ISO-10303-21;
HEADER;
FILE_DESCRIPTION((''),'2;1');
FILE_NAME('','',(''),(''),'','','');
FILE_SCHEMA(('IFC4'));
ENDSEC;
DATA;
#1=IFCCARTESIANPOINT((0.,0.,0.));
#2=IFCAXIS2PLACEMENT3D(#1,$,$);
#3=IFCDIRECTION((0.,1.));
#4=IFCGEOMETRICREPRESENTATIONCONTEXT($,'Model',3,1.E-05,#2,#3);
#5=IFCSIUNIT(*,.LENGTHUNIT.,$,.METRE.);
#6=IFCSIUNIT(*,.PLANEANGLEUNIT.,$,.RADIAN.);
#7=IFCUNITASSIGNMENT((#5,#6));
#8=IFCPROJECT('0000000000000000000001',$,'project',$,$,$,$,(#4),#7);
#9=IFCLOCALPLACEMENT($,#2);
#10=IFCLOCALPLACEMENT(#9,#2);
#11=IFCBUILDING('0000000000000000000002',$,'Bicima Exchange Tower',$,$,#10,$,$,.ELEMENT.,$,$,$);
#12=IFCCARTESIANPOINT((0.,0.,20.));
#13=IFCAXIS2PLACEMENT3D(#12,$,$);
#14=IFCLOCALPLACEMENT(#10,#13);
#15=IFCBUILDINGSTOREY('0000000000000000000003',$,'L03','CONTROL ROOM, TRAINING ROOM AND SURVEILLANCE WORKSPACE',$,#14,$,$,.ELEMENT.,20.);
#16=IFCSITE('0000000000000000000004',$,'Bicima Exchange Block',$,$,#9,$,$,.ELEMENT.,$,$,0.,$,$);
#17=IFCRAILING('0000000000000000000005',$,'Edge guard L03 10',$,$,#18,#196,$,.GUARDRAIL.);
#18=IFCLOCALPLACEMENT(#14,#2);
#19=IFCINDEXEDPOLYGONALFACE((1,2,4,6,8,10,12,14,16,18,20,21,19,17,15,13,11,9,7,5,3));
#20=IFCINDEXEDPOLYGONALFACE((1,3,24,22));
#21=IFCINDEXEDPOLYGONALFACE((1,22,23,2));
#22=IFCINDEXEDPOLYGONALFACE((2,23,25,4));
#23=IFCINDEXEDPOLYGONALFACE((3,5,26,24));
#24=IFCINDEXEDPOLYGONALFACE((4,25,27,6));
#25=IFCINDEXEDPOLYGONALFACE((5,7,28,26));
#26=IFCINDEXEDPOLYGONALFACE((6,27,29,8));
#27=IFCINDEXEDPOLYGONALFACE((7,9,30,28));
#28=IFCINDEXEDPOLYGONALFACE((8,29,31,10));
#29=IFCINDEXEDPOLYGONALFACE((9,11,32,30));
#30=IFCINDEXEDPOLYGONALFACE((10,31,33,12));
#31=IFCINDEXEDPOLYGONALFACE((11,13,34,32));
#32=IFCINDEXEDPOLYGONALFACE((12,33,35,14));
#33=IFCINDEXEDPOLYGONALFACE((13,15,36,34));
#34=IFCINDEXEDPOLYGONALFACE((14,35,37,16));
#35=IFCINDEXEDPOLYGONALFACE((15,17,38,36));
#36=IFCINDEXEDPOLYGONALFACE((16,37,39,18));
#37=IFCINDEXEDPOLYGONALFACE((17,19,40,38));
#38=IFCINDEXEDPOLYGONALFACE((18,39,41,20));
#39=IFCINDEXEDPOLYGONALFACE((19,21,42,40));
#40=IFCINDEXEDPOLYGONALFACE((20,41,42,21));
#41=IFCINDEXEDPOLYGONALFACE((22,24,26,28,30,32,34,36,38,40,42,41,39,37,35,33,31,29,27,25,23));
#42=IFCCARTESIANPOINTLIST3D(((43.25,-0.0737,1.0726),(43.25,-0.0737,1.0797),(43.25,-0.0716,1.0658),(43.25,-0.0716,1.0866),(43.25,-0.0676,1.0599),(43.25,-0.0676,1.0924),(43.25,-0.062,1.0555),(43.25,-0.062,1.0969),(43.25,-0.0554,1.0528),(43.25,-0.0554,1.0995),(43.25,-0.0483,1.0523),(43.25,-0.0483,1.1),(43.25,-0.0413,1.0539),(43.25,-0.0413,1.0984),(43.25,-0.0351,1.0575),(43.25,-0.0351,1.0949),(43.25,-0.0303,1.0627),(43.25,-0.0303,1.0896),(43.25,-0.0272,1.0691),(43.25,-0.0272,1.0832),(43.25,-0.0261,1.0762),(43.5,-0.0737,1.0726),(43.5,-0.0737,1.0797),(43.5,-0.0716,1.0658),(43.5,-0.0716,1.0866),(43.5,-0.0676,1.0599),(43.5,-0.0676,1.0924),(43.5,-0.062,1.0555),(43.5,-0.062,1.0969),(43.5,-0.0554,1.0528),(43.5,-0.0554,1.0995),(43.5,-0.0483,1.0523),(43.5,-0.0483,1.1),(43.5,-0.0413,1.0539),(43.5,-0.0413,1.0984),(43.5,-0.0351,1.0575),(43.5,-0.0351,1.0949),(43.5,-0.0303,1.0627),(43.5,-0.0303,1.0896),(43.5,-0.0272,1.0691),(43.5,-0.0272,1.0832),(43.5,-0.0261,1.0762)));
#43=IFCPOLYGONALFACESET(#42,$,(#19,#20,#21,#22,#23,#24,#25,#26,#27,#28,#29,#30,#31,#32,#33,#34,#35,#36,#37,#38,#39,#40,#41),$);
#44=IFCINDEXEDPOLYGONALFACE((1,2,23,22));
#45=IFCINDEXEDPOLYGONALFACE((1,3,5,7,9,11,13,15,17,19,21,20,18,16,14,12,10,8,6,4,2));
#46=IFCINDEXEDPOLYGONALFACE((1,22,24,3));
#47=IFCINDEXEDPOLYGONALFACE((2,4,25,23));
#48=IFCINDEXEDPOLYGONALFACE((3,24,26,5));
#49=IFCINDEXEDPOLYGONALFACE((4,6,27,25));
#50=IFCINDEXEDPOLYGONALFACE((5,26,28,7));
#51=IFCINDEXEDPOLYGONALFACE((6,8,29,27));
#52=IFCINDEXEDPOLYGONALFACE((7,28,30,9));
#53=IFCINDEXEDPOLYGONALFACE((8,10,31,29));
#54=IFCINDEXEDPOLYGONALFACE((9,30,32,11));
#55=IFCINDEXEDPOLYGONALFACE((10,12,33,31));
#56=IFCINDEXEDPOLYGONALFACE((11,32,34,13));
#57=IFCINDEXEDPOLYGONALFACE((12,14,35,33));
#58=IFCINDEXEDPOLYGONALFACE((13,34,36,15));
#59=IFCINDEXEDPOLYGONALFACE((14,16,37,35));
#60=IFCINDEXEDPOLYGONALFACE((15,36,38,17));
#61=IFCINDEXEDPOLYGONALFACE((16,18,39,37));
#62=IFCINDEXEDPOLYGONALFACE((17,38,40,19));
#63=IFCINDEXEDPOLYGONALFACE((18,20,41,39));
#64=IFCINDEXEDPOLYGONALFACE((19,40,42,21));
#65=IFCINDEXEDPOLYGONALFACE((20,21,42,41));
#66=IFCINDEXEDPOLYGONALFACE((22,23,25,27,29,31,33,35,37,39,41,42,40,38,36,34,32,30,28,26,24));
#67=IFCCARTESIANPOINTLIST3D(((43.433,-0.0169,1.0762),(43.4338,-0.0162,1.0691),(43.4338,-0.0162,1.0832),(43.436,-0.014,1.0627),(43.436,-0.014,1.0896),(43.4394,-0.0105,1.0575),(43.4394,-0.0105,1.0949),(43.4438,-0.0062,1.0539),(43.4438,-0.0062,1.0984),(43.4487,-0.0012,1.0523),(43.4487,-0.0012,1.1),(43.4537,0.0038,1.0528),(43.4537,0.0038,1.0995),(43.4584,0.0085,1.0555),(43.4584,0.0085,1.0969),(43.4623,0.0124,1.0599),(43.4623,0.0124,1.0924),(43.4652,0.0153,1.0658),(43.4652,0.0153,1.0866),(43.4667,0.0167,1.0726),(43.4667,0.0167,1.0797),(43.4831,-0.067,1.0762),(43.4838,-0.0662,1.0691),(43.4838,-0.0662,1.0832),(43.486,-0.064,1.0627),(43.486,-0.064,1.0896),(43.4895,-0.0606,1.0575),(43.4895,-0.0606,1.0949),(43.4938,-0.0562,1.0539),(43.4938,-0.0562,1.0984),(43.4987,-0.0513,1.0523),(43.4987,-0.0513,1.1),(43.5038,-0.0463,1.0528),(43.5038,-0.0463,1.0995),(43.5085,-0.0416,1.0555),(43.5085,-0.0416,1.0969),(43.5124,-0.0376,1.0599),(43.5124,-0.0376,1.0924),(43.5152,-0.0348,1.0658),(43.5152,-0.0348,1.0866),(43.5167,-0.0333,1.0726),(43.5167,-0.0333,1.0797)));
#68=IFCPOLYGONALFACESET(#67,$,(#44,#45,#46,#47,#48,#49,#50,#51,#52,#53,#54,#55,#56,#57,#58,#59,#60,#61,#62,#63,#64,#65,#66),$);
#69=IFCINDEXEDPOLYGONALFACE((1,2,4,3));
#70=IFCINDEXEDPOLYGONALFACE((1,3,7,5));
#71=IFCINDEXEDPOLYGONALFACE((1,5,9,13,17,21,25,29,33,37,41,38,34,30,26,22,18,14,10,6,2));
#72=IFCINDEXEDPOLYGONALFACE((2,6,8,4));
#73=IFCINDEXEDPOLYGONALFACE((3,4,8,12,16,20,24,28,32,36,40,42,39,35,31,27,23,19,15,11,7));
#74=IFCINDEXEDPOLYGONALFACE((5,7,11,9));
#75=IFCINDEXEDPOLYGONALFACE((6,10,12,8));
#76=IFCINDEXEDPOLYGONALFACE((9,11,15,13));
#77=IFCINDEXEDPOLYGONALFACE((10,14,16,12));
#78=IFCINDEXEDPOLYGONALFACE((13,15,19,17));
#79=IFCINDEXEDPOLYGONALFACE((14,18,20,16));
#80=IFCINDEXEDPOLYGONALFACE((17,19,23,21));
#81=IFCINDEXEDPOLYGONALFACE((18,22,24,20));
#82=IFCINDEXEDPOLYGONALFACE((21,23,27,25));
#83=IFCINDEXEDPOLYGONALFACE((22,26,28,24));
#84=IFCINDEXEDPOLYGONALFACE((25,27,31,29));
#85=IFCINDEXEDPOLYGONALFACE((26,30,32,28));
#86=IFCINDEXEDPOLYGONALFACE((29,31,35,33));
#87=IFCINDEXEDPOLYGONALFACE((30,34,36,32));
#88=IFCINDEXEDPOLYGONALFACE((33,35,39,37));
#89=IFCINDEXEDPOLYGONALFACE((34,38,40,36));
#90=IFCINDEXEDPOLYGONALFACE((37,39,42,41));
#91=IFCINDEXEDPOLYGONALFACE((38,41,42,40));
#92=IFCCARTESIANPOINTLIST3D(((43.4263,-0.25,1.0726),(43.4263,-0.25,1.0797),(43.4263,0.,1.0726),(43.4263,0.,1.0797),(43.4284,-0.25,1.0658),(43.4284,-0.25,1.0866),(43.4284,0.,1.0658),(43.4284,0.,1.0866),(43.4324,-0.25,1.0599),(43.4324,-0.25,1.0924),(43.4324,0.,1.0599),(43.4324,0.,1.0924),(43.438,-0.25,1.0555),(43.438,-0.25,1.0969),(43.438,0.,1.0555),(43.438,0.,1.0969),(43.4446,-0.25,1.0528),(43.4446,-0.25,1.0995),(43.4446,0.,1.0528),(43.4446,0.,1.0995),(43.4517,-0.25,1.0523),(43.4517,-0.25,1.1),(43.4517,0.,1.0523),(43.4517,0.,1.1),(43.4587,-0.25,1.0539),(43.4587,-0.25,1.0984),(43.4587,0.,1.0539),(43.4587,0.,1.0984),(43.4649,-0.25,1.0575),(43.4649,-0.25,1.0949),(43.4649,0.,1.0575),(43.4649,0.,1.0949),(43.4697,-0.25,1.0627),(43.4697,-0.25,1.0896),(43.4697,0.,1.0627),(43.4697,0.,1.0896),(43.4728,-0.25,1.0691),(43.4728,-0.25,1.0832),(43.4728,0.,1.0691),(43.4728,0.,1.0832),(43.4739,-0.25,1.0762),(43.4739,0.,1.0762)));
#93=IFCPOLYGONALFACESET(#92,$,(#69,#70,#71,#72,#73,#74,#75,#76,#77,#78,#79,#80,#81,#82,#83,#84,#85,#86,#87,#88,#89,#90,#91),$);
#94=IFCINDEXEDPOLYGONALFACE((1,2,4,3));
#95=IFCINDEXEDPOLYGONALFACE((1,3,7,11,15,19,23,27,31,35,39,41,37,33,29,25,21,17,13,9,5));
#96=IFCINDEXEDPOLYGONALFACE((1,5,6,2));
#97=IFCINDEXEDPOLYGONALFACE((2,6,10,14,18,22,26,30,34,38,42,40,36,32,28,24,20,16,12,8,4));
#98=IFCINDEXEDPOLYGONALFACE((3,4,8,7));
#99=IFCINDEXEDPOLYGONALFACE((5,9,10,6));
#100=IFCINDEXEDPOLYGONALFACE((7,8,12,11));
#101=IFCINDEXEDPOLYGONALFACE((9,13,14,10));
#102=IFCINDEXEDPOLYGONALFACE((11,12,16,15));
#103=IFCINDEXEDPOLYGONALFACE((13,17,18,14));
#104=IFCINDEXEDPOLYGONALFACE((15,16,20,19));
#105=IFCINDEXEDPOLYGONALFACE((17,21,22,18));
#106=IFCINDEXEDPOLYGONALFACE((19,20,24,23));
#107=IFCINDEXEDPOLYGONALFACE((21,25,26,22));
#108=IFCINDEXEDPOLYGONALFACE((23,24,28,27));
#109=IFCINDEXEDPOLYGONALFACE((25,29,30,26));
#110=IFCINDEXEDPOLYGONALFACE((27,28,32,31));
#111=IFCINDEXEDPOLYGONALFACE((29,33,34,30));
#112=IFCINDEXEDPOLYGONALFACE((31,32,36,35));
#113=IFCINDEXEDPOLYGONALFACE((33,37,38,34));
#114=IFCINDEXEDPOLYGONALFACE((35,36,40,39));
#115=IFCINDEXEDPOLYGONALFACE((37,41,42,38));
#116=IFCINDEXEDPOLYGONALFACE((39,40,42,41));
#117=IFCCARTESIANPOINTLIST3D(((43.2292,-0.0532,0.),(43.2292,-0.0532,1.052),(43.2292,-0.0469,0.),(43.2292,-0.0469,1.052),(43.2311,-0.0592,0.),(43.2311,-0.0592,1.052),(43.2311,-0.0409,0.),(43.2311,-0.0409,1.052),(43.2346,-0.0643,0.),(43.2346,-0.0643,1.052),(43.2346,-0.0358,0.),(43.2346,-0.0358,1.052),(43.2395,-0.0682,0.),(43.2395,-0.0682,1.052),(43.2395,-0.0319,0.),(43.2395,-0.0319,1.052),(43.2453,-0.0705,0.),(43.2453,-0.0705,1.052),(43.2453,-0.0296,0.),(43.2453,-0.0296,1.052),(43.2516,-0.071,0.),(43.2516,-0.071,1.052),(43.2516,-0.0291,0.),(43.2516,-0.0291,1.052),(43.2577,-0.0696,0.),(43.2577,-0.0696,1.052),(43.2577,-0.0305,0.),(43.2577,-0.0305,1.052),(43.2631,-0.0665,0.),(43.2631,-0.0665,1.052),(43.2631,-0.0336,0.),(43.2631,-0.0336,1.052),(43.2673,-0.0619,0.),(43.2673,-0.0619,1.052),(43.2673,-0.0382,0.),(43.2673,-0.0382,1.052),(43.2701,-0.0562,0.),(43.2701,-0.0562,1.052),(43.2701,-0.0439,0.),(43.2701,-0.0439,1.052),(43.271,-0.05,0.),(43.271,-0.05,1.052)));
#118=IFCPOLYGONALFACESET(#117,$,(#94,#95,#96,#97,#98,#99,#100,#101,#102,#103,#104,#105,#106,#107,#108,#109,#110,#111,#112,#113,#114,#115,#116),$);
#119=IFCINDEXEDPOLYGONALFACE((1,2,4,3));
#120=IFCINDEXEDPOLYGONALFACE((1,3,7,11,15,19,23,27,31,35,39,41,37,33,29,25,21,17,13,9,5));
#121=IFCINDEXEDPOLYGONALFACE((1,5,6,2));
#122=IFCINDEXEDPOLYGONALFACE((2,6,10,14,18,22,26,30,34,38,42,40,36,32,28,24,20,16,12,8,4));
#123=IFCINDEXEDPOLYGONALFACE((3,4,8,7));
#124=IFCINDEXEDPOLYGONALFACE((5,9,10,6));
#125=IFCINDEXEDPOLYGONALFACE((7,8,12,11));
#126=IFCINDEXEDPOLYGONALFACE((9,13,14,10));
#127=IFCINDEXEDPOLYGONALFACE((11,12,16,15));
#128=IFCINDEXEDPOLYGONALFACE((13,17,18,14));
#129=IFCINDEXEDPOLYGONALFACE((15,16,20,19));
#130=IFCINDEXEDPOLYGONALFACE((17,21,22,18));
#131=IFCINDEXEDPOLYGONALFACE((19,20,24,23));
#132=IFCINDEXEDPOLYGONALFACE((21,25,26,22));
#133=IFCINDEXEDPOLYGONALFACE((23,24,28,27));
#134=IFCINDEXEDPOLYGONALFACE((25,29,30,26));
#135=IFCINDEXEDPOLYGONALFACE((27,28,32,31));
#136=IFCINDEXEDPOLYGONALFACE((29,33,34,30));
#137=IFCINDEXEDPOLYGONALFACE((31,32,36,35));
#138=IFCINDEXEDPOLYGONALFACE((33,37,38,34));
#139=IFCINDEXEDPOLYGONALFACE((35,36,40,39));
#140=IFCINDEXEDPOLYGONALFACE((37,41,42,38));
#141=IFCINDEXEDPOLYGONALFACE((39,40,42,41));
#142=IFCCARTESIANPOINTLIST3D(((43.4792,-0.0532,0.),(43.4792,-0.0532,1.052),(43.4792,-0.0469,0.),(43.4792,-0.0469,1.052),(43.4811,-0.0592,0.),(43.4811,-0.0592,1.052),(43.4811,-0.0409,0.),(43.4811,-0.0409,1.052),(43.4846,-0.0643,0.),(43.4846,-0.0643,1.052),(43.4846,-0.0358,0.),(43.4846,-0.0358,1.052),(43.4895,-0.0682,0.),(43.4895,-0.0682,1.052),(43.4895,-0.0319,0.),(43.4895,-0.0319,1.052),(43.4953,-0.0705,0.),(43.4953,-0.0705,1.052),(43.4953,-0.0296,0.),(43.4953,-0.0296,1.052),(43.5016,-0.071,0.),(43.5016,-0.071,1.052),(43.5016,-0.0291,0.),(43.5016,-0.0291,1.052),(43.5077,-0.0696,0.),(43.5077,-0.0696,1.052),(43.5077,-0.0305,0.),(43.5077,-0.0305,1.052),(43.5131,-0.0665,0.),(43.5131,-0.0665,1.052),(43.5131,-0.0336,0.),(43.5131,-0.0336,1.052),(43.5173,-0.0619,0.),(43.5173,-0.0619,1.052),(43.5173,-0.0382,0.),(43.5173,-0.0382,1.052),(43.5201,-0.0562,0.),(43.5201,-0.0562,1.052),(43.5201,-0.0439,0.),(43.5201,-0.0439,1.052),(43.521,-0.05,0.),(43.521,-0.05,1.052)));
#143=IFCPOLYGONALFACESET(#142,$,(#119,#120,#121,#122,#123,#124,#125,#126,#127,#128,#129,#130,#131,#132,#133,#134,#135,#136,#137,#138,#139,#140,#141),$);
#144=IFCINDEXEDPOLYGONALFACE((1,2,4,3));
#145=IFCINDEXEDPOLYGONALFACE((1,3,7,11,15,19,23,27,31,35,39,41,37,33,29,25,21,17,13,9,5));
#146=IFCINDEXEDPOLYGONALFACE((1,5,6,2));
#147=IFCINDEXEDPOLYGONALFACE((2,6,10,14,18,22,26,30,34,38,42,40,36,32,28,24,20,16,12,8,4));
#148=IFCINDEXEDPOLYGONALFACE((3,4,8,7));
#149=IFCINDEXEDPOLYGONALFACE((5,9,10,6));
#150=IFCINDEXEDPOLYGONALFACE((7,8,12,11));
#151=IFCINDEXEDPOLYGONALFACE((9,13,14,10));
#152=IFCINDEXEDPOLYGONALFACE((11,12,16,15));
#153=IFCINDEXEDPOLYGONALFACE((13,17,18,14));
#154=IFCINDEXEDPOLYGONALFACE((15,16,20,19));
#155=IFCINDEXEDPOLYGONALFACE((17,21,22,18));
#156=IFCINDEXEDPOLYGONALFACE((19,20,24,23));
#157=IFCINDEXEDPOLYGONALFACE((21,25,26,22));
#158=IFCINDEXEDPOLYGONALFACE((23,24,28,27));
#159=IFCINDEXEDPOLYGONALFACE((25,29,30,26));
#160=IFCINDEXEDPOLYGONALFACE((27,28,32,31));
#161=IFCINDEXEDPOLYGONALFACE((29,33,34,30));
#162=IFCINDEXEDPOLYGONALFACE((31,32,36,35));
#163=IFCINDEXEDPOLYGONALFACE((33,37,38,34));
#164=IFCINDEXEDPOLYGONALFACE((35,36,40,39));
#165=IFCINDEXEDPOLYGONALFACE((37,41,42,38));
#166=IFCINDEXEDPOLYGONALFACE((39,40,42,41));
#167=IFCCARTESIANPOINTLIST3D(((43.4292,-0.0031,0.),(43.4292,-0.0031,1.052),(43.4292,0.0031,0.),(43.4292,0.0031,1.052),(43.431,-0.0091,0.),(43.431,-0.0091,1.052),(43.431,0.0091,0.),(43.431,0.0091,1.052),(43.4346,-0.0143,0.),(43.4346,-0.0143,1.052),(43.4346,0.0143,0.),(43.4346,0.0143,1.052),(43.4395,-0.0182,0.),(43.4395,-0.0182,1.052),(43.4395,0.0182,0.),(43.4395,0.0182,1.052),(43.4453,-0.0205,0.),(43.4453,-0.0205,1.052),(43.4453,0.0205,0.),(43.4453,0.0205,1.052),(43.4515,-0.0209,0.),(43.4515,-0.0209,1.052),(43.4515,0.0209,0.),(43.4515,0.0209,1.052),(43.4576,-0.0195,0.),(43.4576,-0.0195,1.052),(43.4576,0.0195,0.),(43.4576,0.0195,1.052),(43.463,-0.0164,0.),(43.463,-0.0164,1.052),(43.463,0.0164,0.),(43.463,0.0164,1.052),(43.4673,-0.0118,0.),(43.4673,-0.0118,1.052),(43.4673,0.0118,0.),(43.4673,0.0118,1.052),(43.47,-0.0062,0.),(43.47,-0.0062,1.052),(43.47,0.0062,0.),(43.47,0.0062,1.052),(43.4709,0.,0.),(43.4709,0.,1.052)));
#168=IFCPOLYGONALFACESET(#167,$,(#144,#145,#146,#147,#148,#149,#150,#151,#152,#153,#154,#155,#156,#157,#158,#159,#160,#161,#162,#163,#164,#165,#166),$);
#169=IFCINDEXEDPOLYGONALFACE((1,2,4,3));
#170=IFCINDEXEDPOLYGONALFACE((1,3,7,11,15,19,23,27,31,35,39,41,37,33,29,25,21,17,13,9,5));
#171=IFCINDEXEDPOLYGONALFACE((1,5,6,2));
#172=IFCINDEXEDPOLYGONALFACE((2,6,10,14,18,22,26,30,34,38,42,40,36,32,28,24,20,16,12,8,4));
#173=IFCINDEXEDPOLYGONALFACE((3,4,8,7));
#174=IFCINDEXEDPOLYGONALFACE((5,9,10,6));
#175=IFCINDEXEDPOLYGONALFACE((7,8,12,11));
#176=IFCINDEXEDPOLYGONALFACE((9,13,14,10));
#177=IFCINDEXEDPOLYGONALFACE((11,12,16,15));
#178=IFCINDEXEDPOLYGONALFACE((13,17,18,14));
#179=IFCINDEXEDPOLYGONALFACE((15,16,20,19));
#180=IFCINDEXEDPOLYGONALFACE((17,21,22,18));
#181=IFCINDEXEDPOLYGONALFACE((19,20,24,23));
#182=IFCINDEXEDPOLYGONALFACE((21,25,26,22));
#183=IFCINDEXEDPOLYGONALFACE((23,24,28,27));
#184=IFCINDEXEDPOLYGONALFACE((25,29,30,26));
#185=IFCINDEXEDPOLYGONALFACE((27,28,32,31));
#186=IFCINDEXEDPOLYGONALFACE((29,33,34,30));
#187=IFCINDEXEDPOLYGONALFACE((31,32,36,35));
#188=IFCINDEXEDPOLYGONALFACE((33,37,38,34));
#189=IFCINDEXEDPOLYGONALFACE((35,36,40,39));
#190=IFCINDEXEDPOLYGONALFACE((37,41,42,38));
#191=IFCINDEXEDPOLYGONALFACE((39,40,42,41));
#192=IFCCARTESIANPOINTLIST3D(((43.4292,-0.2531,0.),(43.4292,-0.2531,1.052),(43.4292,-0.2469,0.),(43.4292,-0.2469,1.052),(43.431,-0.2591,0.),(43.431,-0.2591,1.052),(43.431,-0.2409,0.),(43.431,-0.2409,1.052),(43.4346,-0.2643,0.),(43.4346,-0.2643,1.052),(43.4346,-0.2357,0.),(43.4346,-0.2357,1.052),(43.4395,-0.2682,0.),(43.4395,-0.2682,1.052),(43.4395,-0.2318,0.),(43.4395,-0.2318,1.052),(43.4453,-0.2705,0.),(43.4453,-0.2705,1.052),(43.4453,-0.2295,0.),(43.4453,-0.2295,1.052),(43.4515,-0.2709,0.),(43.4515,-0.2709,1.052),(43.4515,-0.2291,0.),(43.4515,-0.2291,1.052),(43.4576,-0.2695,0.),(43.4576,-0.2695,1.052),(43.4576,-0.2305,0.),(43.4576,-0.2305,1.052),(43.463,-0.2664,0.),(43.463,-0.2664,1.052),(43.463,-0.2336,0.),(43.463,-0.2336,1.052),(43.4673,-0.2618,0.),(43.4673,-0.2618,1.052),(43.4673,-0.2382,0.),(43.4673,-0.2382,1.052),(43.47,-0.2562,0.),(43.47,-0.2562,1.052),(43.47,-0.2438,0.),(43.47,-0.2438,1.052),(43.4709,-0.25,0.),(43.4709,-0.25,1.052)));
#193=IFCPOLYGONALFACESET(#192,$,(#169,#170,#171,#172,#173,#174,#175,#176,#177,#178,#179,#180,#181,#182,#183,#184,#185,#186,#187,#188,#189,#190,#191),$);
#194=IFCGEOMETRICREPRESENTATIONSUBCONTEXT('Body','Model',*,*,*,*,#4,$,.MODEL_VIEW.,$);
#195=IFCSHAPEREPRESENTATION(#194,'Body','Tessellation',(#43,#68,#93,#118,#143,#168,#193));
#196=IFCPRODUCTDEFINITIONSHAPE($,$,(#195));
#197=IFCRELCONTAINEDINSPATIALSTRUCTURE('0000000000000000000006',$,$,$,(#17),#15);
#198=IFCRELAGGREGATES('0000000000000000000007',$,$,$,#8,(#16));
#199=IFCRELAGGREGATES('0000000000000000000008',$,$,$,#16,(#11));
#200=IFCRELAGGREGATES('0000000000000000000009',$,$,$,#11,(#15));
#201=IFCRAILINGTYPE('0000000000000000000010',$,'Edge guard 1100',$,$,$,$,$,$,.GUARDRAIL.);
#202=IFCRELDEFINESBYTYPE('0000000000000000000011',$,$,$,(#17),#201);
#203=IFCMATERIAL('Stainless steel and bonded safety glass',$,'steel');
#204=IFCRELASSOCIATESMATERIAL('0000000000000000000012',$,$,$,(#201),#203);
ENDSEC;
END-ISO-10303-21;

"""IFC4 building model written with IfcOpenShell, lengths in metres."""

from ifc_helpers import new_model, si_unit, direction, frame, origin, origin_2d, place, context, subcontext, project, spatial, circle, extrude, material, type_object, element, save


model = new_model("IFC4")

# Units and contexts
model_context = context("Model", 3, precision=1e-05, world=origin(), true_north=direction((0.0, 1.0)))
body_context = subcontext(model_context, "Body", "Model", "MODEL_VIEW")
ifc_project = project(units=[si_unit("LENGTHUNIT", "METRE"), si_unit("PLANEANGLEUNIT", "RADIAN")], contexts=[model_context])

# Site, building, storey
site_placement = place(None, origin())
site = spatial("IfcSite", under=ifc_project, at=site_placement, Name="Bicima Exchange Block", CompositionType="ELEMENT", RefElevation=0.0)
building_placement = place(site_placement, origin())
building = spatial("IfcBuilding", under=site, at=building_placement, Name="Bicima Exchange Tower", CompositionType="ELEMENT")
storey_placement = place(building_placement, frame((0.0, 0.0, 20.0)))
storey = spatial("IfcBuildingStorey", under=building, at=storey_placement, Name="L03", Description="CONTROL ROOM, TRAINING ROOM AND SURVEILLANCE WORKSPACE", CompositionType="ELEMENT", Elevation=20.0)

# Railing
ifc_material_1 = material(Name="Stainless steel and bonded safety glass", Category="steel")
railing_type = type_object("IfcRailingType", Name="Edge guard 1100", PredefinedType="GUARDRAIL", material=ifc_material_1)
railing_placement = place(storey_placement, frame((43.25, -0.05, 0.0)))
element("IfcRailing", 1, at=railing_placement, inside=storey, type_object=railing_type, Name="Edge guard L03 10", PredefinedType="GUARDRAIL", context=body_context, shape_type="SweptSolid", body=[
    extrude(circle(Radius=0.0239, at=origin_2d()), frame((0.0, 0.0, 1.0762), z_axis=(1.0, 0.0, 0.0), x_axis=(0.0, 1.0, 0.0)), (0.0, 0.0, 1.0), 0.25),
    extrude(circle(Radius=0.0239, at=origin_2d()), frame((0.25, 0.0, 1.0762), z_axis=(-0.707107, 0.707107, 0.0), x_axis=(-0.707107, -0.707107, 0.0)), (0.0, 0.0, 1.0), 0.0708),
    extrude(circle(Radius=0.0239, at=origin_2d()), frame((0.2, 0.05, 1.0762), z_axis=(0.0, -1.0, 0.0), x_axis=(1.0, 0.0, 0.0)), (0.0, 0.0, 1.0), 0.25),
    extrude(circle(Radius=0.021, at=origin_2d()), origin(), (0.0, 0.0, 1.0), 1.052),
    extrude(circle(Radius=0.021, at=origin_2d()), frame((0.25, 0.0, 0.0)), (0.0, 0.0, 1.0), 1.052),
    extrude(circle(Radius=0.021, at=origin_2d()), frame((0.2, 0.05, 0.0)), (0.0, 0.0, 1.0), 1.052),
    extrude(circle(Radius=0.021, at=origin_2d()), frame((0.2, -0.2, 0.0)), (0.0, 0.0, 1.0), 1.052),
])

save(model, "model.ifc")
